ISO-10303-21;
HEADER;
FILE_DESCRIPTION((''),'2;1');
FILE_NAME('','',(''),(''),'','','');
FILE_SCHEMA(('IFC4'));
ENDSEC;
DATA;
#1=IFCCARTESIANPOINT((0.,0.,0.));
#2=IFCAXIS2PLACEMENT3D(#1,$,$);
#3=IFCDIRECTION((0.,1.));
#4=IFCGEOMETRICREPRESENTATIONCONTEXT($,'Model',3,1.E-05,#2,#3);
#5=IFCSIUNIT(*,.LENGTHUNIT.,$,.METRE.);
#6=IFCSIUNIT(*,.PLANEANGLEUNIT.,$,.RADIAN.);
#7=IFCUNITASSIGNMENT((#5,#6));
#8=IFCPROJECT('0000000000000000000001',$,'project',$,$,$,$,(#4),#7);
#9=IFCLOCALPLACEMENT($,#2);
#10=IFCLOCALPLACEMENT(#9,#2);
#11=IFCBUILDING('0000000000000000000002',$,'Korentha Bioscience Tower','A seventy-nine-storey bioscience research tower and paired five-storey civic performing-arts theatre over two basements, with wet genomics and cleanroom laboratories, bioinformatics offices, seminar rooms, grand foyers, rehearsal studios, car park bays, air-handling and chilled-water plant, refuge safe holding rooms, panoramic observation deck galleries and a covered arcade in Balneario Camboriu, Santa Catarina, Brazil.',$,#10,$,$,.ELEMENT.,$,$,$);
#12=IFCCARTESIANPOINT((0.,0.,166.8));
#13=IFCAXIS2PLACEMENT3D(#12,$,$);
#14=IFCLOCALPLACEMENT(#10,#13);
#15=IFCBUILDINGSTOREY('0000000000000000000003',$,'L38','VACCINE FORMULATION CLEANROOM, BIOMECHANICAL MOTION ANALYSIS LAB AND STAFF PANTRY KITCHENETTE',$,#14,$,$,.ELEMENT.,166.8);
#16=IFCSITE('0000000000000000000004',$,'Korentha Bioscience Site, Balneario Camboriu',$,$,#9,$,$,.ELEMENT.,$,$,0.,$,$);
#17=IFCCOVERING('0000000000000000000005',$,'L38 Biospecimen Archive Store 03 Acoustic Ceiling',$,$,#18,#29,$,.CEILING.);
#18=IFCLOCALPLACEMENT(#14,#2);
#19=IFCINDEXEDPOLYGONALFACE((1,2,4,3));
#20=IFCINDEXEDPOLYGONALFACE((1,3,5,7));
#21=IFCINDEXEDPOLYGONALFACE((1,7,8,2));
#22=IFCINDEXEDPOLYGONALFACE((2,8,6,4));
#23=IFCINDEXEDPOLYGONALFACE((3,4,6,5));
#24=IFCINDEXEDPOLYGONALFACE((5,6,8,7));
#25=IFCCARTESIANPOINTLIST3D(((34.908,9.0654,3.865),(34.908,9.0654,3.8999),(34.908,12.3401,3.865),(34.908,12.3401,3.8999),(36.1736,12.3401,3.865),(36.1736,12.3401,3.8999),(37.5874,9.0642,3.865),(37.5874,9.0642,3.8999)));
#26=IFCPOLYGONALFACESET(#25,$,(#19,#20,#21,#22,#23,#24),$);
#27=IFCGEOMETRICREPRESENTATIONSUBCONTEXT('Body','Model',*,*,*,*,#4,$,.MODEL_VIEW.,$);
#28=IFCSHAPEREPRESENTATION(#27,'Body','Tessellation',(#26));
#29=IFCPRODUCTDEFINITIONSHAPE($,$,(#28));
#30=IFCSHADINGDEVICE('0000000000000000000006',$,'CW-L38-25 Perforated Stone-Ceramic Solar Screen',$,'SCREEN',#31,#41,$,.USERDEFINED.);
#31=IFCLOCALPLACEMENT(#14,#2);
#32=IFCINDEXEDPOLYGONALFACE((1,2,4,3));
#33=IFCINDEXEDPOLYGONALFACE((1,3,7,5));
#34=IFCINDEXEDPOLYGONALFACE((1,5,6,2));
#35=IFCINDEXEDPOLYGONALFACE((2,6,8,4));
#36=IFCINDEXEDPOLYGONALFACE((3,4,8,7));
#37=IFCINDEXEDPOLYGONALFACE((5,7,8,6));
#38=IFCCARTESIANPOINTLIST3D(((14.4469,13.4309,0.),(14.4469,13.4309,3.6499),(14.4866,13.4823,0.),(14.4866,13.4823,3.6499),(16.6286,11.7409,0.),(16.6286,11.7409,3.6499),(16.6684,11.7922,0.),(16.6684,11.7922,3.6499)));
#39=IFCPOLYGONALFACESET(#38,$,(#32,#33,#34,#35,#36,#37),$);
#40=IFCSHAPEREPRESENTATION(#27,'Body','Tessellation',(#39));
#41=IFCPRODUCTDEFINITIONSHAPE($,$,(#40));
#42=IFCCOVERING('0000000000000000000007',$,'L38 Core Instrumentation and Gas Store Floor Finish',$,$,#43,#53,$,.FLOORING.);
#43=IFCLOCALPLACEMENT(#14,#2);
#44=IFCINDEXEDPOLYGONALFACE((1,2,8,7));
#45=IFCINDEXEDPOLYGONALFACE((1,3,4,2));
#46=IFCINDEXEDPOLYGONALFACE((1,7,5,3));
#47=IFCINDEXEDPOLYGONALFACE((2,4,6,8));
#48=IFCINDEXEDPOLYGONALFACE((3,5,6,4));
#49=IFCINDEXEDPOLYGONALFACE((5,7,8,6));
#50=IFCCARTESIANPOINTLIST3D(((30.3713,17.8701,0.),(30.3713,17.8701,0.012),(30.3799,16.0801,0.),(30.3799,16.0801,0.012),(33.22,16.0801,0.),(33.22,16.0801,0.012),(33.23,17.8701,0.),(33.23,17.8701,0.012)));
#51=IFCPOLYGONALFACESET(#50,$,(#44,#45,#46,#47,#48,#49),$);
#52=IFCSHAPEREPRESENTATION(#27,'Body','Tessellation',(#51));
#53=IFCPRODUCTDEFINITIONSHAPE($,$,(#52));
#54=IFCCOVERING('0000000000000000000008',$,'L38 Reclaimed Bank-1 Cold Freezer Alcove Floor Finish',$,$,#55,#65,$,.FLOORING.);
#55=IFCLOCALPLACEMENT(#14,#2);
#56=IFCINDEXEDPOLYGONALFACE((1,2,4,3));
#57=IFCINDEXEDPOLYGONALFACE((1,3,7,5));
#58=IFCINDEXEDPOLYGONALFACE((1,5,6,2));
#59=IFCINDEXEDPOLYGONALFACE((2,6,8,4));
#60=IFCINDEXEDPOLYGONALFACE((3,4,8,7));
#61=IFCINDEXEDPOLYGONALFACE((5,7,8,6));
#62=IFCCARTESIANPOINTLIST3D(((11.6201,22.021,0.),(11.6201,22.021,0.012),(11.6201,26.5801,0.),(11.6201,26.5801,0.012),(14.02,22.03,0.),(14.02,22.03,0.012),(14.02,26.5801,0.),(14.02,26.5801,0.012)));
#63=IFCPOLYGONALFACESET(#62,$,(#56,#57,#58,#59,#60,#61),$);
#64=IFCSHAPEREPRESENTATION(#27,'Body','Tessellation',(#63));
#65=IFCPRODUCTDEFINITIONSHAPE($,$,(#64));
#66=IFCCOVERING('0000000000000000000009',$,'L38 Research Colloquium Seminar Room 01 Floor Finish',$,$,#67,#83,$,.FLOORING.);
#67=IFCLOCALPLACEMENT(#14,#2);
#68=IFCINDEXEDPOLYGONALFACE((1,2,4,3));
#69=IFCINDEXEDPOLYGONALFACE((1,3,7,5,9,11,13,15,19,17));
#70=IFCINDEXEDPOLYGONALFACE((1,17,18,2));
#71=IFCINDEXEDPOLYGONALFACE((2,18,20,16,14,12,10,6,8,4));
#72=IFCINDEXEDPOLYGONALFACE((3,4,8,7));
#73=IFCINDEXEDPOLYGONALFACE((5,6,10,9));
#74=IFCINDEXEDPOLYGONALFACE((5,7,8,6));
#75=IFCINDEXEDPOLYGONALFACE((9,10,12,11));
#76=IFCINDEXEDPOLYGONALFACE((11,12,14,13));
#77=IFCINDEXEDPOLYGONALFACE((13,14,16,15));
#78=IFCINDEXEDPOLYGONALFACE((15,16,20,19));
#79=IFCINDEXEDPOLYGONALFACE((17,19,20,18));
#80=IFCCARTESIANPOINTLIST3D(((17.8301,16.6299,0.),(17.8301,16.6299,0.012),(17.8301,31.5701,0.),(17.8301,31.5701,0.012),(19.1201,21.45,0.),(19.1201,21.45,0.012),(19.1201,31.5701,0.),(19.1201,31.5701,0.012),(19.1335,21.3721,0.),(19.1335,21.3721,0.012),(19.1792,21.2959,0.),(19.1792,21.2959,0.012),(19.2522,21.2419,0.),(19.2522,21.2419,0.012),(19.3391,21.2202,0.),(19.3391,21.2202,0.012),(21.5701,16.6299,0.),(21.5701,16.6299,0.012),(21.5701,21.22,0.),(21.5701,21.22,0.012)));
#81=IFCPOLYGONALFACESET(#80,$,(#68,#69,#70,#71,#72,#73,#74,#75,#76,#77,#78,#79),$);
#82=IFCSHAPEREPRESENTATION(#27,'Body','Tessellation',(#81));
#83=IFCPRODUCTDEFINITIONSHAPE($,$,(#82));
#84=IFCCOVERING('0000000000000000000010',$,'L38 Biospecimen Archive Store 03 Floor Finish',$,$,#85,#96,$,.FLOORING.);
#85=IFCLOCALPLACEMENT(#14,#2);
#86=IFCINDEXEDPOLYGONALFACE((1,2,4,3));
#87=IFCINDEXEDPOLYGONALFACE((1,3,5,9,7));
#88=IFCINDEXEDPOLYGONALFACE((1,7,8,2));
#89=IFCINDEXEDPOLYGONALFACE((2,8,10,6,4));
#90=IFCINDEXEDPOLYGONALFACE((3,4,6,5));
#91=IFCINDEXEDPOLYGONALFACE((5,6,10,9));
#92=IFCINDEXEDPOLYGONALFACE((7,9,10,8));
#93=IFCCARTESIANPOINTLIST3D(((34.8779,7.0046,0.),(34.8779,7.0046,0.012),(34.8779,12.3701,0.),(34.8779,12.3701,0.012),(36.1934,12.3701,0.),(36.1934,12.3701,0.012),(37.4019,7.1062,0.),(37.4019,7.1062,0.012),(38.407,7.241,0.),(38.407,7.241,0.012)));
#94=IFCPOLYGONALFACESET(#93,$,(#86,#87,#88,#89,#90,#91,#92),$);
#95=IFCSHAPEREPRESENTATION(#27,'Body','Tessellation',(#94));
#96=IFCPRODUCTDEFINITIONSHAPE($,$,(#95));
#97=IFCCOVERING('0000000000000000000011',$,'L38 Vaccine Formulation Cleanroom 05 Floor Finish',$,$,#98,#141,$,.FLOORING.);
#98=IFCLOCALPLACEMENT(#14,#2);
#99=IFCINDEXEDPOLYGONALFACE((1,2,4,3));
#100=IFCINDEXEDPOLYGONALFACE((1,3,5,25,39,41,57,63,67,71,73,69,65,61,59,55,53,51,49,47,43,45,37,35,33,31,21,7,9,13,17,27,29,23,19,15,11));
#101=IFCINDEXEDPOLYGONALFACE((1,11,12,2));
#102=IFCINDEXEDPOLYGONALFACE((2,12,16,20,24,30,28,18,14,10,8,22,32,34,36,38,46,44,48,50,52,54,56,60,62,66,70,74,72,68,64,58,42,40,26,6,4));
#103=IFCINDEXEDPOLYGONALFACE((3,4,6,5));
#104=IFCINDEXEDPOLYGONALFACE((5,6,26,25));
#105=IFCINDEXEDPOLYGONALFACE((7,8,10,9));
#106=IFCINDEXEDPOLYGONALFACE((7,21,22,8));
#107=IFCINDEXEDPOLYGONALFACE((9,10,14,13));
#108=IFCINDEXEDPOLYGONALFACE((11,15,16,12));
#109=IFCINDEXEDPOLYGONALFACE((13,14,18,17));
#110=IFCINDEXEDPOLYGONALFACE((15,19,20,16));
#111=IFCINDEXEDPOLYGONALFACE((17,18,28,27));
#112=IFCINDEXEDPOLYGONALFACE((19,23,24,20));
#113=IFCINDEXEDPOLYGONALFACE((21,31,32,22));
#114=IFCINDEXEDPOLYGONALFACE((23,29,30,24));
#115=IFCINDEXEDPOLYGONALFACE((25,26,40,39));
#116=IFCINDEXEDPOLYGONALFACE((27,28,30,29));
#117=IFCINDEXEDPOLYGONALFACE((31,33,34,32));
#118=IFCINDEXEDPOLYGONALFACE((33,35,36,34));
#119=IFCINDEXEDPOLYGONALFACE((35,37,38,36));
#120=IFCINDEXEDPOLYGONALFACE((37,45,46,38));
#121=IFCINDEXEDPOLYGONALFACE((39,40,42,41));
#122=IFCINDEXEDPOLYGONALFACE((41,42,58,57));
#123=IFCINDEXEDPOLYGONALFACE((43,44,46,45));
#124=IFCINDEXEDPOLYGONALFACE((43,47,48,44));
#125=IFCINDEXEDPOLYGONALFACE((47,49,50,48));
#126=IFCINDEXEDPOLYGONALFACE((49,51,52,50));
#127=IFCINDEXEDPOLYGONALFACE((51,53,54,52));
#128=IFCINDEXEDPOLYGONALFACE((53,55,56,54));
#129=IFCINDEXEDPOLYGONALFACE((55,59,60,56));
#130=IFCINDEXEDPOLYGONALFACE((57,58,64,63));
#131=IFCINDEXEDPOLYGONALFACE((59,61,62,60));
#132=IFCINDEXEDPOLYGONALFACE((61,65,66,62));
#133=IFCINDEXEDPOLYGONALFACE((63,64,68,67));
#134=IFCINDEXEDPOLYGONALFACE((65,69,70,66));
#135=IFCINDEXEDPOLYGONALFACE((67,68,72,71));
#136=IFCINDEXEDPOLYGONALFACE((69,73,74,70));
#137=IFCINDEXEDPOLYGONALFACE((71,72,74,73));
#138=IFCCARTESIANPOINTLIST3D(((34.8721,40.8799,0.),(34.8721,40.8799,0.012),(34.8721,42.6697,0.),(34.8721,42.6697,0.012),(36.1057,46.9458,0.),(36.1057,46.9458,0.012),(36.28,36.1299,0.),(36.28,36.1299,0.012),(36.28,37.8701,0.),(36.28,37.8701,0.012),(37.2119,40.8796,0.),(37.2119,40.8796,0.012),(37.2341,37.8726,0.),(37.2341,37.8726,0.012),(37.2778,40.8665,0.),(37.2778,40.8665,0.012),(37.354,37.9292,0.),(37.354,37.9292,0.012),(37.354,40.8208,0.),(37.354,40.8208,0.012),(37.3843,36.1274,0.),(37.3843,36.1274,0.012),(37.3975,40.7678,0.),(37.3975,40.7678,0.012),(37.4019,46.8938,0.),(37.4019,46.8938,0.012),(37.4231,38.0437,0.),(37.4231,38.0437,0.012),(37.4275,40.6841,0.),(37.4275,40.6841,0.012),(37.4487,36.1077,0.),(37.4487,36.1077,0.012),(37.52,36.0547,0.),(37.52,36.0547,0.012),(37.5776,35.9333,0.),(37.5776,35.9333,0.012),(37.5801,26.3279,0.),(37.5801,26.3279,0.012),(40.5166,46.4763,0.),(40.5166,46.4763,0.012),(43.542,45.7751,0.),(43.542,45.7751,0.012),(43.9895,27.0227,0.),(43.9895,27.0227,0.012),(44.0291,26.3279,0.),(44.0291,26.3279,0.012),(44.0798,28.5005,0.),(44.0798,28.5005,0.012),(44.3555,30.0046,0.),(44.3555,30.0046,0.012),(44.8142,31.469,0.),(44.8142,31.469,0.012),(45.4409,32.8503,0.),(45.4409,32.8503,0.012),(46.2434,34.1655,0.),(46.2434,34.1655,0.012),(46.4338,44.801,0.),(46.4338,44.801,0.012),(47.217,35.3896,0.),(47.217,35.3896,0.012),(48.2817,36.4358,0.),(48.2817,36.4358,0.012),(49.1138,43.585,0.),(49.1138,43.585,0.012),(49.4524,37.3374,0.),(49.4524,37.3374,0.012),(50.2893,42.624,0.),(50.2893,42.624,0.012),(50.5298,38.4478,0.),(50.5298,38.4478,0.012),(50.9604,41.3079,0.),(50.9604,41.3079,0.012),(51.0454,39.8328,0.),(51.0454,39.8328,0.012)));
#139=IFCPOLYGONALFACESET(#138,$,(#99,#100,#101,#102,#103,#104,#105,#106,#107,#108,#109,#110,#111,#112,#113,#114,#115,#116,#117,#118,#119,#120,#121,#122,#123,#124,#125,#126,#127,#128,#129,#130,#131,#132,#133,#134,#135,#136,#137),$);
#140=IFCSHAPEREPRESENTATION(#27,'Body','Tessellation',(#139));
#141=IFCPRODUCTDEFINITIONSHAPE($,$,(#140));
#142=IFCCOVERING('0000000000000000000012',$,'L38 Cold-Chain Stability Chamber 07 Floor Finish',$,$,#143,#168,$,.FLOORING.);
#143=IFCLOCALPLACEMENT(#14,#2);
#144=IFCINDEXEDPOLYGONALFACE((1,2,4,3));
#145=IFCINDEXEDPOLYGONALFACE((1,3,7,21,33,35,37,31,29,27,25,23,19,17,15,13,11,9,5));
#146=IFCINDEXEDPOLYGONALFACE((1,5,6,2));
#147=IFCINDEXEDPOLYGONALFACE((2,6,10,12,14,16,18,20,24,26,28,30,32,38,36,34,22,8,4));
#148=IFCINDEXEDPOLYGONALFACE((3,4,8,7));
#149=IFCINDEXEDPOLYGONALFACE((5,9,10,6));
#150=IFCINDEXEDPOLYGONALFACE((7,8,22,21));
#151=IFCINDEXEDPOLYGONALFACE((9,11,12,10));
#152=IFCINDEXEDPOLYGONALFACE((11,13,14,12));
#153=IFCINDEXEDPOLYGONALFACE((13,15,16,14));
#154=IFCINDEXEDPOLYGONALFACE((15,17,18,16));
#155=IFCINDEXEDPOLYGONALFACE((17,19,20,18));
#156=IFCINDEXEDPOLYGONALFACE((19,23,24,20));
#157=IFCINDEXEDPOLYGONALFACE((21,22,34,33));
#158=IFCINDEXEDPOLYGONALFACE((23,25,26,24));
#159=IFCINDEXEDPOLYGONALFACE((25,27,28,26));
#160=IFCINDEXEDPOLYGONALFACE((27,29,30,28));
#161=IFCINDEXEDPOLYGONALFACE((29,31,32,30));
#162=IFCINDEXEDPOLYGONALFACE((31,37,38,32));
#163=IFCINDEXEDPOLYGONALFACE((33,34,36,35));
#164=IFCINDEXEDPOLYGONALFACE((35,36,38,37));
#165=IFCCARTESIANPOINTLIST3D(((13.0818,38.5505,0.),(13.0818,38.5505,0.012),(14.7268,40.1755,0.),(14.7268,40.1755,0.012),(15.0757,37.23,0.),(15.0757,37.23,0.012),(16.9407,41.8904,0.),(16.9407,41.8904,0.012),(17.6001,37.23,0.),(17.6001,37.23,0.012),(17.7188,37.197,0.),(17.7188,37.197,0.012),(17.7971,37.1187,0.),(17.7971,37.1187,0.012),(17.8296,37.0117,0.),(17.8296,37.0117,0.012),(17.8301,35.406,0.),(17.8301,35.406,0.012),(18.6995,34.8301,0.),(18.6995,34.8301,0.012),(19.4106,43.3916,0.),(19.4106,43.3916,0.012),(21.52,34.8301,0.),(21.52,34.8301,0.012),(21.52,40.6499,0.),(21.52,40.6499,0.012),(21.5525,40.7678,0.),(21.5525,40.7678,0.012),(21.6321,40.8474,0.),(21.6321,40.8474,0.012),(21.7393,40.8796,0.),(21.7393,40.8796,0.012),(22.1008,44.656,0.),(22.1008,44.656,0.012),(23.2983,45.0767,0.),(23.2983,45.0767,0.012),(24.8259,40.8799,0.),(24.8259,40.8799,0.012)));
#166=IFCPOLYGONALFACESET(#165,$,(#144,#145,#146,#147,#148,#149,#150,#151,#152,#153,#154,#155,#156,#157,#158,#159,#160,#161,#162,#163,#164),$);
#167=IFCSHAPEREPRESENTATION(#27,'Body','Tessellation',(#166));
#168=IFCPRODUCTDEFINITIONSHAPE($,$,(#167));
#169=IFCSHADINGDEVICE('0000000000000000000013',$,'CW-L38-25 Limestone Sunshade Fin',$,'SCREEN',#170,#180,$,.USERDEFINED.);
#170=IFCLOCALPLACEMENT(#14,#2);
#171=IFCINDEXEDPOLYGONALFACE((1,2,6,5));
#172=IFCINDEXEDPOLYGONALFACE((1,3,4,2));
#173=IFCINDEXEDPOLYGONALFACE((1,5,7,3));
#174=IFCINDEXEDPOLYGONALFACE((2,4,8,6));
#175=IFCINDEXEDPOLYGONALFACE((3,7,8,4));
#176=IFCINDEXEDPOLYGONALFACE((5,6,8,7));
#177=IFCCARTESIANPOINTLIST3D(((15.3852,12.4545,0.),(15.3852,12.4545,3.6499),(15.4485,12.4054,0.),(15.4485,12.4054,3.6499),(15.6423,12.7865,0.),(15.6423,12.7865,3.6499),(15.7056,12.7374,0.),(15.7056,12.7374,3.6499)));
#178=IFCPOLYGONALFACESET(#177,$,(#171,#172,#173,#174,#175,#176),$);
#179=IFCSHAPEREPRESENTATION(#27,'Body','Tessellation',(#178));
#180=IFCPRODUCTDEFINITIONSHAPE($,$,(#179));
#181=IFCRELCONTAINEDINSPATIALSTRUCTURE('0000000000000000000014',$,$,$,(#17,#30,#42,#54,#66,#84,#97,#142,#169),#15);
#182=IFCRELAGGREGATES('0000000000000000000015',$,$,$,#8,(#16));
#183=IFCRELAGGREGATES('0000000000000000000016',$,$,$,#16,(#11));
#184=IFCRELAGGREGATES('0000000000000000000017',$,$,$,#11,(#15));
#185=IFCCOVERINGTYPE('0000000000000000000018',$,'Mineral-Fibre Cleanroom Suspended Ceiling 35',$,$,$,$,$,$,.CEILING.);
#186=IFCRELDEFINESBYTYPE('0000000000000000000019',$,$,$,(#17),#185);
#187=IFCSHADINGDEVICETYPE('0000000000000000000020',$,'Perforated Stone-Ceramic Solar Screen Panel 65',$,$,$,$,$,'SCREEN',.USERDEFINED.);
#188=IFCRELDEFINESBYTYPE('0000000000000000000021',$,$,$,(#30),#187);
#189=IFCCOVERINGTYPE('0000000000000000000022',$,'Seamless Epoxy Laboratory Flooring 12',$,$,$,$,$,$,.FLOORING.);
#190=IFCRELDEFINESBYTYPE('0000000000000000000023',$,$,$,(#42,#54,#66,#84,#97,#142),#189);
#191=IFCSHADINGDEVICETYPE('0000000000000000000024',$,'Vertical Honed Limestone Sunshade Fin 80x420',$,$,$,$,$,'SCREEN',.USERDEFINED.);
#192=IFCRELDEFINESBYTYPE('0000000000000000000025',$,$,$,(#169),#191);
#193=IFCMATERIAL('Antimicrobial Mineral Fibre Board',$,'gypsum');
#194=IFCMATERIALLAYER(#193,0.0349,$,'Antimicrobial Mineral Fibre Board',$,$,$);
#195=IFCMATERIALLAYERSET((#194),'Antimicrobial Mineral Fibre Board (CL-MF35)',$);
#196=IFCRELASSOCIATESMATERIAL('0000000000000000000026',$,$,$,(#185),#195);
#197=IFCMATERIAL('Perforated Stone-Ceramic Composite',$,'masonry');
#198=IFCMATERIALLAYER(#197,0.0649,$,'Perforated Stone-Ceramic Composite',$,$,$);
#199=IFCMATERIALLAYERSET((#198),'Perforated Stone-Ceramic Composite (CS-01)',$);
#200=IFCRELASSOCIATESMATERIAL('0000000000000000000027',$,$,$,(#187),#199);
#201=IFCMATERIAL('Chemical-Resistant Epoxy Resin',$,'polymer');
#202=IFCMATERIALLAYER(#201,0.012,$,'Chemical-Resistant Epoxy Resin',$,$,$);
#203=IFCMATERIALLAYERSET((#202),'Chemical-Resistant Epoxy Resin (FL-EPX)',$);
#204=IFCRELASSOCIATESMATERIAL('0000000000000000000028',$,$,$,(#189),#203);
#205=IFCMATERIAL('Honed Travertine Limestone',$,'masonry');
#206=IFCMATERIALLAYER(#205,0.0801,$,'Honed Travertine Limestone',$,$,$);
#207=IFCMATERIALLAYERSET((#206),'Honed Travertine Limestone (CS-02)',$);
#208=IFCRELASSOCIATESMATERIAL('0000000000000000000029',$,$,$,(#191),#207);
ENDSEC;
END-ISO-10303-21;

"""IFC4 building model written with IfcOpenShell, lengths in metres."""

from ifc_helpers import new_model, si_unit, direction, frame, origin, origin_2d, place, context, subcontext, project, spatial, polyline, rectangle, outline, extrude, material, layer, layer_set, type_object, element, save


model = new_model("IFC4")

# Units and contexts
model_context = context("Model", 3, precision=1e-05, world=origin(), true_north=direction((0.0, 1.0)))
body_context = subcontext(model_context, "Body", "Model", "MODEL_VIEW")
ifc_project = project(units=[si_unit("LENGTHUNIT", "METRE"), si_unit("PLANEANGLEUNIT", "RADIAN")], contexts=[model_context])

# Site, building, storey
site_placement = place(None, origin())
site = spatial("IfcSite", under=ifc_project, at=site_placement, Name="Korentha Bioscience Site, Balneario Camboriu", CompositionType="ELEMENT", RefElevation=0.0)
building_placement = place(site_placement, origin())
building = spatial("IfcBuilding", under=site, at=building_placement, Name="Korentha Bioscience Tower", Description="A seventy-nine-storey bioscience research tower and paired five-storey civic performing-arts theatre over two basements, with wet genomics and cleanroom laboratories, bioinformatics offices, seminar rooms, grand foyers, rehearsal studios, car park bays, air-handling and chilled-water plant, refuge safe holding rooms, panoramic observation deck galleries and a covered arcade in Balneario Camboriu, Santa Catarina, Brazil.", CompositionType="ELEMENT")
storey_placement = place(building_placement, frame((0.0, 0.0, 166.8)))
storey = spatial("IfcBuildingStorey", under=building, at=storey_placement, Name="L38", Description="VACCINE FORMULATION CLEANROOM, BIOMECHANICAL MOTION ANALYSIS LAB AND STAFF PANTRY KITCHENETTE", CompositionType="ELEMENT", Elevation=166.8)

# Covering
ifc_material_1 = material(Name="Antimicrobial Mineral Fibre Board", Category="gypsum")
ifc_layer_1 = layer(ifc_material_1, 0.0349, Name="Antimicrobial Mineral Fibre Board")
ifc_layer_set_1 = layer_set([ifc_layer_1], Name="Antimicrobial Mineral Fibre Board (CL-MF35)")
covering_type_1 = type_object("IfcCoveringType", Name="Mineral-Fibre Cleanroom Suspended Ceiling 35", PredefinedType="CEILING", material=ifc_layer_set_1)
covering_1_placement = place(storey_placement, frame((0.0, 0.0, 3.865)))
element("IfcCovering", 1, at=covering_1_placement, inside=storey, type_object=covering_type_1, Name="L38 Biospecimen Archive Store 03 Acoustic Ceiling", PredefinedType="CEILING", context=body_context, shape_type="SweptSolid", body=[
    extrude(outline(polyline([(37.5874, 9.0642), (34.908, 9.0654), (34.908, 12.3401), (36.1736, 12.3401), (37.5874, 9.0642)])), origin(), (0.0, 0.0, 1.0), 0.0349),
])

# Shading device
ifc_material_2 = material(Name="Perforated Stone-Ceramic Composite", Category="masonry")
ifc_layer_2 = layer(ifc_material_2, 0.0649, Name="Perforated Stone-Ceramic Composite")
ifc_layer_set_2 = layer_set([ifc_layer_2], Name="Perforated Stone-Ceramic Composite (CS-01)")
shading_device_type_1 = type_object("IfcShadingDeviceType", Name="Perforated Stone-Ceramic Solar Screen Panel 65", ElementType="SCREEN", PredefinedType="USERDEFINED", material=ifc_layer_set_2)
shading_device_1_placement = place(storey_placement, frame((15.5576, 12.6116, 0.0), z_axis=(0.0, 0.0, 1.0), x_axis=(0.790547, -0.612402, 0.0)))
element("IfcShadingDevice", 2, at=shading_device_1_placement, inside=storey, type_object=shading_device_type_1, Name="CW-L38-25 Perforated Stone-Ceramic Solar Screen", ObjectType="SCREEN", PredefinedType="USERDEFINED", context=body_context, shape_type="SweptSolid", body=[
    extrude(rectangle(XDim=2.7598, YDim=0.0649, at=origin_2d()), origin(), (0.0, 0.0, 1.0), 3.6499),
])

# Coverings
ifc_material_3 = material(Name="Chemical-Resistant Epoxy Resin", Category="polymer")
ifc_layer_3 = layer(ifc_material_3, 0.012, Name="Chemical-Resistant Epoxy Resin")
ifc_layer_set_3 = layer_set([ifc_layer_3], Name="Chemical-Resistant Epoxy Resin (FL-EPX)")
covering_type_2 = type_object("IfcCoveringType", Name="Seamless Epoxy Laboratory Flooring 12", PredefinedType="FLOORING", material=ifc_layer_set_3)
covering_2_placement = place(storey_placement, origin())
element("IfcCovering", 3, at=covering_2_placement, inside=storey, type_object=covering_type_2, Name="L38 Core Instrumentation and Gas Store Floor Finish", PredefinedType="FLOORING", context=body_context, shape_type="SweptSolid", body=[
    extrude(outline(polyline([(33.23, 17.8701), (33.22, 16.0801), (30.3799, 16.0801), (30.3713, 17.8701), (33.23, 17.8701)])), origin(), (0.0, 0.0, 1.0), 0.012),
])
covering_3_placement = place(storey_placement, origin())
element("IfcCovering", 4, at=covering_3_placement, inside=storey, type_object=covering_type_2, Name="L38 Reclaimed Bank-1 Cold Freezer Alcove Floor Finish", PredefinedType="FLOORING", context=body_context, shape_type="SweptSolid", body=[
    extrude(outline(polyline([(14.02, 22.03), (11.6201, 22.021), (11.6201, 26.5801), (14.02, 26.5801), (14.02, 22.03)])), origin(), (0.0, 0.0, 1.0), 0.012),
])
covering_4_placement = place(storey_placement, origin())
element("IfcCovering", 5, at=covering_4_placement, inside=storey, type_object=covering_type_2, Name="L38 Research Colloquium Seminar Room 01 Floor Finish", PredefinedType="FLOORING", context=body_context, shape_type="SweptSolid", body=[
    extrude(outline(polyline([(19.1201, 31.5701), (19.1201, 21.45), (19.1335, 21.3721), (19.1792, 21.2959), (19.2522, 21.2419), (19.3391, 21.2202), (21.5701, 21.22), (21.5701, 16.6299), (17.8301, 16.6299), (17.8301, 31.5701), (19.1201, 31.5701)])), origin(), (0.0, 0.0, 1.0), 0.012),
])
covering_5_placement = place(storey_placement, origin())
element("IfcCovering", 6, at=covering_5_placement, inside=storey, type_object=covering_type_2, Name="L38 Biospecimen Archive Store 03 Floor Finish", PredefinedType="FLOORING", context=body_context, shape_type="SweptSolid", body=[
    extrude(outline(polyline([(34.8779, 12.3701), (36.1934, 12.3701), (38.407, 7.241), (37.4019, 7.1062), (34.8779, 7.0046), (34.8779, 12.3701)])), origin(), (0.0, 0.0, 1.0), 0.012),
])
covering_6_placement = place(storey_placement, origin())
element("IfcCovering", 7, at=covering_6_placement, inside=storey, type_object=covering_type_2, Name="L38 Vaccine Formulation Cleanroom 05 Floor Finish", PredefinedType="FLOORING", context=body_context, shape_type="SweptSolid", body=[
    extrude(outline(polyline([(36.1057, 46.9458), (37.4019, 46.8938), (40.5166, 46.4763), (43.542, 45.7751), (46.4338, 44.801), (49.1138, 43.585), (50.2893, 42.624), (50.9604, 41.3079), (51.0454, 39.8328), (50.5298, 38.4478), (49.4524, 37.3374), (48.2817, 36.4358), (47.217, 35.3896), (46.2434, 34.1655), (45.4409, 32.8503), (44.8142, 31.469), (44.3555, 30.0046), (44.0798, 28.5005), (43.9895, 27.0227), (44.0291, 26.3279), (37.5801, 26.3279), (37.5776, 35.9333), (37.52, 36.0547), (37.4487, 36.1077), (37.3843, 36.1274), (36.28, 36.1299), (36.28, 37.8701), (37.2341, 37.8726), (37.354, 37.9292), (37.4231, 38.0437), (37.4275, 40.6841), (37.3975, 40.7678), (37.354, 40.8208), (37.2778, 40.8665), (37.2119, 40.8796), (34.8721, 40.8799), (34.8721, 42.6697), (36.1057, 46.9458)])), origin(), (0.0, 0.0, 1.0), 0.012),
])
covering_7_placement = place(storey_placement, origin())
element("IfcCovering", 8, at=covering_7_placement, inside=storey, type_object=covering_type_2, Name="L38 Cold-Chain Stability Chamber 07 Floor Finish", PredefinedType="FLOORING", context=body_context, shape_type="SweptSolid", body=[
    extrude(outline(polyline([(14.7268, 40.1755), (16.9407, 41.8904), (19.4106, 43.3916), (22.1008, 44.656), (23.2983, 45.0767), (24.8259, 40.8799), (21.7393, 40.8796), (21.6321, 40.8474), (21.5525, 40.7678), (21.52, 40.6499), (21.52, 34.8301), (18.6995, 34.8301), (17.8301, 35.406), (17.8296, 37.0117), (17.7971, 37.1187), (17.7188, 37.197), (17.6001, 37.23), (15.0757, 37.23), (13.0818, 38.5505), (14.7268, 40.1755)])), origin(), (0.0, 0.0, 1.0), 0.012),
])

# Shading device
ifc_material_4 = material(Name="Honed Travertine Limestone", Category="masonry")
ifc_layer_4 = layer(ifc_material_4, 0.0801, Name="Honed Travertine Limestone")
ifc_layer_set_4 = layer_set([ifc_layer_4], Name="Honed Travertine Limestone (CS-02)")
shading_device_type_2 = type_object("IfcShadingDeviceType", Name="Vertical Honed Limestone Sunshade Fin 80x420", ElementType="SCREEN", PredefinedType="USERDEFINED", material=ifc_layer_set_4)
shading_device_2_placement = place(storey_placement, frame((15.5454, 12.5959, 0.0), z_axis=(0.0, 0.0, 1.0), x_axis=(0.790547, -0.612402, 0.0)))
element("IfcShadingDevice", 9, at=shading_device_2_placement, inside=storey, type_object=shading_device_type_2, Name="CW-L38-25 Limestone Sunshade Fin", ObjectType="SCREEN", PredefinedType="USERDEFINED", context=body_context, shape_type="SweptSolid", body=[
    extrude(rectangle(XDim=0.0801, YDim=0.4199, at=origin_2d()), origin(), (0.0, 0.0, 1.0), 3.6499),
])

save(model, "model.ifc")
